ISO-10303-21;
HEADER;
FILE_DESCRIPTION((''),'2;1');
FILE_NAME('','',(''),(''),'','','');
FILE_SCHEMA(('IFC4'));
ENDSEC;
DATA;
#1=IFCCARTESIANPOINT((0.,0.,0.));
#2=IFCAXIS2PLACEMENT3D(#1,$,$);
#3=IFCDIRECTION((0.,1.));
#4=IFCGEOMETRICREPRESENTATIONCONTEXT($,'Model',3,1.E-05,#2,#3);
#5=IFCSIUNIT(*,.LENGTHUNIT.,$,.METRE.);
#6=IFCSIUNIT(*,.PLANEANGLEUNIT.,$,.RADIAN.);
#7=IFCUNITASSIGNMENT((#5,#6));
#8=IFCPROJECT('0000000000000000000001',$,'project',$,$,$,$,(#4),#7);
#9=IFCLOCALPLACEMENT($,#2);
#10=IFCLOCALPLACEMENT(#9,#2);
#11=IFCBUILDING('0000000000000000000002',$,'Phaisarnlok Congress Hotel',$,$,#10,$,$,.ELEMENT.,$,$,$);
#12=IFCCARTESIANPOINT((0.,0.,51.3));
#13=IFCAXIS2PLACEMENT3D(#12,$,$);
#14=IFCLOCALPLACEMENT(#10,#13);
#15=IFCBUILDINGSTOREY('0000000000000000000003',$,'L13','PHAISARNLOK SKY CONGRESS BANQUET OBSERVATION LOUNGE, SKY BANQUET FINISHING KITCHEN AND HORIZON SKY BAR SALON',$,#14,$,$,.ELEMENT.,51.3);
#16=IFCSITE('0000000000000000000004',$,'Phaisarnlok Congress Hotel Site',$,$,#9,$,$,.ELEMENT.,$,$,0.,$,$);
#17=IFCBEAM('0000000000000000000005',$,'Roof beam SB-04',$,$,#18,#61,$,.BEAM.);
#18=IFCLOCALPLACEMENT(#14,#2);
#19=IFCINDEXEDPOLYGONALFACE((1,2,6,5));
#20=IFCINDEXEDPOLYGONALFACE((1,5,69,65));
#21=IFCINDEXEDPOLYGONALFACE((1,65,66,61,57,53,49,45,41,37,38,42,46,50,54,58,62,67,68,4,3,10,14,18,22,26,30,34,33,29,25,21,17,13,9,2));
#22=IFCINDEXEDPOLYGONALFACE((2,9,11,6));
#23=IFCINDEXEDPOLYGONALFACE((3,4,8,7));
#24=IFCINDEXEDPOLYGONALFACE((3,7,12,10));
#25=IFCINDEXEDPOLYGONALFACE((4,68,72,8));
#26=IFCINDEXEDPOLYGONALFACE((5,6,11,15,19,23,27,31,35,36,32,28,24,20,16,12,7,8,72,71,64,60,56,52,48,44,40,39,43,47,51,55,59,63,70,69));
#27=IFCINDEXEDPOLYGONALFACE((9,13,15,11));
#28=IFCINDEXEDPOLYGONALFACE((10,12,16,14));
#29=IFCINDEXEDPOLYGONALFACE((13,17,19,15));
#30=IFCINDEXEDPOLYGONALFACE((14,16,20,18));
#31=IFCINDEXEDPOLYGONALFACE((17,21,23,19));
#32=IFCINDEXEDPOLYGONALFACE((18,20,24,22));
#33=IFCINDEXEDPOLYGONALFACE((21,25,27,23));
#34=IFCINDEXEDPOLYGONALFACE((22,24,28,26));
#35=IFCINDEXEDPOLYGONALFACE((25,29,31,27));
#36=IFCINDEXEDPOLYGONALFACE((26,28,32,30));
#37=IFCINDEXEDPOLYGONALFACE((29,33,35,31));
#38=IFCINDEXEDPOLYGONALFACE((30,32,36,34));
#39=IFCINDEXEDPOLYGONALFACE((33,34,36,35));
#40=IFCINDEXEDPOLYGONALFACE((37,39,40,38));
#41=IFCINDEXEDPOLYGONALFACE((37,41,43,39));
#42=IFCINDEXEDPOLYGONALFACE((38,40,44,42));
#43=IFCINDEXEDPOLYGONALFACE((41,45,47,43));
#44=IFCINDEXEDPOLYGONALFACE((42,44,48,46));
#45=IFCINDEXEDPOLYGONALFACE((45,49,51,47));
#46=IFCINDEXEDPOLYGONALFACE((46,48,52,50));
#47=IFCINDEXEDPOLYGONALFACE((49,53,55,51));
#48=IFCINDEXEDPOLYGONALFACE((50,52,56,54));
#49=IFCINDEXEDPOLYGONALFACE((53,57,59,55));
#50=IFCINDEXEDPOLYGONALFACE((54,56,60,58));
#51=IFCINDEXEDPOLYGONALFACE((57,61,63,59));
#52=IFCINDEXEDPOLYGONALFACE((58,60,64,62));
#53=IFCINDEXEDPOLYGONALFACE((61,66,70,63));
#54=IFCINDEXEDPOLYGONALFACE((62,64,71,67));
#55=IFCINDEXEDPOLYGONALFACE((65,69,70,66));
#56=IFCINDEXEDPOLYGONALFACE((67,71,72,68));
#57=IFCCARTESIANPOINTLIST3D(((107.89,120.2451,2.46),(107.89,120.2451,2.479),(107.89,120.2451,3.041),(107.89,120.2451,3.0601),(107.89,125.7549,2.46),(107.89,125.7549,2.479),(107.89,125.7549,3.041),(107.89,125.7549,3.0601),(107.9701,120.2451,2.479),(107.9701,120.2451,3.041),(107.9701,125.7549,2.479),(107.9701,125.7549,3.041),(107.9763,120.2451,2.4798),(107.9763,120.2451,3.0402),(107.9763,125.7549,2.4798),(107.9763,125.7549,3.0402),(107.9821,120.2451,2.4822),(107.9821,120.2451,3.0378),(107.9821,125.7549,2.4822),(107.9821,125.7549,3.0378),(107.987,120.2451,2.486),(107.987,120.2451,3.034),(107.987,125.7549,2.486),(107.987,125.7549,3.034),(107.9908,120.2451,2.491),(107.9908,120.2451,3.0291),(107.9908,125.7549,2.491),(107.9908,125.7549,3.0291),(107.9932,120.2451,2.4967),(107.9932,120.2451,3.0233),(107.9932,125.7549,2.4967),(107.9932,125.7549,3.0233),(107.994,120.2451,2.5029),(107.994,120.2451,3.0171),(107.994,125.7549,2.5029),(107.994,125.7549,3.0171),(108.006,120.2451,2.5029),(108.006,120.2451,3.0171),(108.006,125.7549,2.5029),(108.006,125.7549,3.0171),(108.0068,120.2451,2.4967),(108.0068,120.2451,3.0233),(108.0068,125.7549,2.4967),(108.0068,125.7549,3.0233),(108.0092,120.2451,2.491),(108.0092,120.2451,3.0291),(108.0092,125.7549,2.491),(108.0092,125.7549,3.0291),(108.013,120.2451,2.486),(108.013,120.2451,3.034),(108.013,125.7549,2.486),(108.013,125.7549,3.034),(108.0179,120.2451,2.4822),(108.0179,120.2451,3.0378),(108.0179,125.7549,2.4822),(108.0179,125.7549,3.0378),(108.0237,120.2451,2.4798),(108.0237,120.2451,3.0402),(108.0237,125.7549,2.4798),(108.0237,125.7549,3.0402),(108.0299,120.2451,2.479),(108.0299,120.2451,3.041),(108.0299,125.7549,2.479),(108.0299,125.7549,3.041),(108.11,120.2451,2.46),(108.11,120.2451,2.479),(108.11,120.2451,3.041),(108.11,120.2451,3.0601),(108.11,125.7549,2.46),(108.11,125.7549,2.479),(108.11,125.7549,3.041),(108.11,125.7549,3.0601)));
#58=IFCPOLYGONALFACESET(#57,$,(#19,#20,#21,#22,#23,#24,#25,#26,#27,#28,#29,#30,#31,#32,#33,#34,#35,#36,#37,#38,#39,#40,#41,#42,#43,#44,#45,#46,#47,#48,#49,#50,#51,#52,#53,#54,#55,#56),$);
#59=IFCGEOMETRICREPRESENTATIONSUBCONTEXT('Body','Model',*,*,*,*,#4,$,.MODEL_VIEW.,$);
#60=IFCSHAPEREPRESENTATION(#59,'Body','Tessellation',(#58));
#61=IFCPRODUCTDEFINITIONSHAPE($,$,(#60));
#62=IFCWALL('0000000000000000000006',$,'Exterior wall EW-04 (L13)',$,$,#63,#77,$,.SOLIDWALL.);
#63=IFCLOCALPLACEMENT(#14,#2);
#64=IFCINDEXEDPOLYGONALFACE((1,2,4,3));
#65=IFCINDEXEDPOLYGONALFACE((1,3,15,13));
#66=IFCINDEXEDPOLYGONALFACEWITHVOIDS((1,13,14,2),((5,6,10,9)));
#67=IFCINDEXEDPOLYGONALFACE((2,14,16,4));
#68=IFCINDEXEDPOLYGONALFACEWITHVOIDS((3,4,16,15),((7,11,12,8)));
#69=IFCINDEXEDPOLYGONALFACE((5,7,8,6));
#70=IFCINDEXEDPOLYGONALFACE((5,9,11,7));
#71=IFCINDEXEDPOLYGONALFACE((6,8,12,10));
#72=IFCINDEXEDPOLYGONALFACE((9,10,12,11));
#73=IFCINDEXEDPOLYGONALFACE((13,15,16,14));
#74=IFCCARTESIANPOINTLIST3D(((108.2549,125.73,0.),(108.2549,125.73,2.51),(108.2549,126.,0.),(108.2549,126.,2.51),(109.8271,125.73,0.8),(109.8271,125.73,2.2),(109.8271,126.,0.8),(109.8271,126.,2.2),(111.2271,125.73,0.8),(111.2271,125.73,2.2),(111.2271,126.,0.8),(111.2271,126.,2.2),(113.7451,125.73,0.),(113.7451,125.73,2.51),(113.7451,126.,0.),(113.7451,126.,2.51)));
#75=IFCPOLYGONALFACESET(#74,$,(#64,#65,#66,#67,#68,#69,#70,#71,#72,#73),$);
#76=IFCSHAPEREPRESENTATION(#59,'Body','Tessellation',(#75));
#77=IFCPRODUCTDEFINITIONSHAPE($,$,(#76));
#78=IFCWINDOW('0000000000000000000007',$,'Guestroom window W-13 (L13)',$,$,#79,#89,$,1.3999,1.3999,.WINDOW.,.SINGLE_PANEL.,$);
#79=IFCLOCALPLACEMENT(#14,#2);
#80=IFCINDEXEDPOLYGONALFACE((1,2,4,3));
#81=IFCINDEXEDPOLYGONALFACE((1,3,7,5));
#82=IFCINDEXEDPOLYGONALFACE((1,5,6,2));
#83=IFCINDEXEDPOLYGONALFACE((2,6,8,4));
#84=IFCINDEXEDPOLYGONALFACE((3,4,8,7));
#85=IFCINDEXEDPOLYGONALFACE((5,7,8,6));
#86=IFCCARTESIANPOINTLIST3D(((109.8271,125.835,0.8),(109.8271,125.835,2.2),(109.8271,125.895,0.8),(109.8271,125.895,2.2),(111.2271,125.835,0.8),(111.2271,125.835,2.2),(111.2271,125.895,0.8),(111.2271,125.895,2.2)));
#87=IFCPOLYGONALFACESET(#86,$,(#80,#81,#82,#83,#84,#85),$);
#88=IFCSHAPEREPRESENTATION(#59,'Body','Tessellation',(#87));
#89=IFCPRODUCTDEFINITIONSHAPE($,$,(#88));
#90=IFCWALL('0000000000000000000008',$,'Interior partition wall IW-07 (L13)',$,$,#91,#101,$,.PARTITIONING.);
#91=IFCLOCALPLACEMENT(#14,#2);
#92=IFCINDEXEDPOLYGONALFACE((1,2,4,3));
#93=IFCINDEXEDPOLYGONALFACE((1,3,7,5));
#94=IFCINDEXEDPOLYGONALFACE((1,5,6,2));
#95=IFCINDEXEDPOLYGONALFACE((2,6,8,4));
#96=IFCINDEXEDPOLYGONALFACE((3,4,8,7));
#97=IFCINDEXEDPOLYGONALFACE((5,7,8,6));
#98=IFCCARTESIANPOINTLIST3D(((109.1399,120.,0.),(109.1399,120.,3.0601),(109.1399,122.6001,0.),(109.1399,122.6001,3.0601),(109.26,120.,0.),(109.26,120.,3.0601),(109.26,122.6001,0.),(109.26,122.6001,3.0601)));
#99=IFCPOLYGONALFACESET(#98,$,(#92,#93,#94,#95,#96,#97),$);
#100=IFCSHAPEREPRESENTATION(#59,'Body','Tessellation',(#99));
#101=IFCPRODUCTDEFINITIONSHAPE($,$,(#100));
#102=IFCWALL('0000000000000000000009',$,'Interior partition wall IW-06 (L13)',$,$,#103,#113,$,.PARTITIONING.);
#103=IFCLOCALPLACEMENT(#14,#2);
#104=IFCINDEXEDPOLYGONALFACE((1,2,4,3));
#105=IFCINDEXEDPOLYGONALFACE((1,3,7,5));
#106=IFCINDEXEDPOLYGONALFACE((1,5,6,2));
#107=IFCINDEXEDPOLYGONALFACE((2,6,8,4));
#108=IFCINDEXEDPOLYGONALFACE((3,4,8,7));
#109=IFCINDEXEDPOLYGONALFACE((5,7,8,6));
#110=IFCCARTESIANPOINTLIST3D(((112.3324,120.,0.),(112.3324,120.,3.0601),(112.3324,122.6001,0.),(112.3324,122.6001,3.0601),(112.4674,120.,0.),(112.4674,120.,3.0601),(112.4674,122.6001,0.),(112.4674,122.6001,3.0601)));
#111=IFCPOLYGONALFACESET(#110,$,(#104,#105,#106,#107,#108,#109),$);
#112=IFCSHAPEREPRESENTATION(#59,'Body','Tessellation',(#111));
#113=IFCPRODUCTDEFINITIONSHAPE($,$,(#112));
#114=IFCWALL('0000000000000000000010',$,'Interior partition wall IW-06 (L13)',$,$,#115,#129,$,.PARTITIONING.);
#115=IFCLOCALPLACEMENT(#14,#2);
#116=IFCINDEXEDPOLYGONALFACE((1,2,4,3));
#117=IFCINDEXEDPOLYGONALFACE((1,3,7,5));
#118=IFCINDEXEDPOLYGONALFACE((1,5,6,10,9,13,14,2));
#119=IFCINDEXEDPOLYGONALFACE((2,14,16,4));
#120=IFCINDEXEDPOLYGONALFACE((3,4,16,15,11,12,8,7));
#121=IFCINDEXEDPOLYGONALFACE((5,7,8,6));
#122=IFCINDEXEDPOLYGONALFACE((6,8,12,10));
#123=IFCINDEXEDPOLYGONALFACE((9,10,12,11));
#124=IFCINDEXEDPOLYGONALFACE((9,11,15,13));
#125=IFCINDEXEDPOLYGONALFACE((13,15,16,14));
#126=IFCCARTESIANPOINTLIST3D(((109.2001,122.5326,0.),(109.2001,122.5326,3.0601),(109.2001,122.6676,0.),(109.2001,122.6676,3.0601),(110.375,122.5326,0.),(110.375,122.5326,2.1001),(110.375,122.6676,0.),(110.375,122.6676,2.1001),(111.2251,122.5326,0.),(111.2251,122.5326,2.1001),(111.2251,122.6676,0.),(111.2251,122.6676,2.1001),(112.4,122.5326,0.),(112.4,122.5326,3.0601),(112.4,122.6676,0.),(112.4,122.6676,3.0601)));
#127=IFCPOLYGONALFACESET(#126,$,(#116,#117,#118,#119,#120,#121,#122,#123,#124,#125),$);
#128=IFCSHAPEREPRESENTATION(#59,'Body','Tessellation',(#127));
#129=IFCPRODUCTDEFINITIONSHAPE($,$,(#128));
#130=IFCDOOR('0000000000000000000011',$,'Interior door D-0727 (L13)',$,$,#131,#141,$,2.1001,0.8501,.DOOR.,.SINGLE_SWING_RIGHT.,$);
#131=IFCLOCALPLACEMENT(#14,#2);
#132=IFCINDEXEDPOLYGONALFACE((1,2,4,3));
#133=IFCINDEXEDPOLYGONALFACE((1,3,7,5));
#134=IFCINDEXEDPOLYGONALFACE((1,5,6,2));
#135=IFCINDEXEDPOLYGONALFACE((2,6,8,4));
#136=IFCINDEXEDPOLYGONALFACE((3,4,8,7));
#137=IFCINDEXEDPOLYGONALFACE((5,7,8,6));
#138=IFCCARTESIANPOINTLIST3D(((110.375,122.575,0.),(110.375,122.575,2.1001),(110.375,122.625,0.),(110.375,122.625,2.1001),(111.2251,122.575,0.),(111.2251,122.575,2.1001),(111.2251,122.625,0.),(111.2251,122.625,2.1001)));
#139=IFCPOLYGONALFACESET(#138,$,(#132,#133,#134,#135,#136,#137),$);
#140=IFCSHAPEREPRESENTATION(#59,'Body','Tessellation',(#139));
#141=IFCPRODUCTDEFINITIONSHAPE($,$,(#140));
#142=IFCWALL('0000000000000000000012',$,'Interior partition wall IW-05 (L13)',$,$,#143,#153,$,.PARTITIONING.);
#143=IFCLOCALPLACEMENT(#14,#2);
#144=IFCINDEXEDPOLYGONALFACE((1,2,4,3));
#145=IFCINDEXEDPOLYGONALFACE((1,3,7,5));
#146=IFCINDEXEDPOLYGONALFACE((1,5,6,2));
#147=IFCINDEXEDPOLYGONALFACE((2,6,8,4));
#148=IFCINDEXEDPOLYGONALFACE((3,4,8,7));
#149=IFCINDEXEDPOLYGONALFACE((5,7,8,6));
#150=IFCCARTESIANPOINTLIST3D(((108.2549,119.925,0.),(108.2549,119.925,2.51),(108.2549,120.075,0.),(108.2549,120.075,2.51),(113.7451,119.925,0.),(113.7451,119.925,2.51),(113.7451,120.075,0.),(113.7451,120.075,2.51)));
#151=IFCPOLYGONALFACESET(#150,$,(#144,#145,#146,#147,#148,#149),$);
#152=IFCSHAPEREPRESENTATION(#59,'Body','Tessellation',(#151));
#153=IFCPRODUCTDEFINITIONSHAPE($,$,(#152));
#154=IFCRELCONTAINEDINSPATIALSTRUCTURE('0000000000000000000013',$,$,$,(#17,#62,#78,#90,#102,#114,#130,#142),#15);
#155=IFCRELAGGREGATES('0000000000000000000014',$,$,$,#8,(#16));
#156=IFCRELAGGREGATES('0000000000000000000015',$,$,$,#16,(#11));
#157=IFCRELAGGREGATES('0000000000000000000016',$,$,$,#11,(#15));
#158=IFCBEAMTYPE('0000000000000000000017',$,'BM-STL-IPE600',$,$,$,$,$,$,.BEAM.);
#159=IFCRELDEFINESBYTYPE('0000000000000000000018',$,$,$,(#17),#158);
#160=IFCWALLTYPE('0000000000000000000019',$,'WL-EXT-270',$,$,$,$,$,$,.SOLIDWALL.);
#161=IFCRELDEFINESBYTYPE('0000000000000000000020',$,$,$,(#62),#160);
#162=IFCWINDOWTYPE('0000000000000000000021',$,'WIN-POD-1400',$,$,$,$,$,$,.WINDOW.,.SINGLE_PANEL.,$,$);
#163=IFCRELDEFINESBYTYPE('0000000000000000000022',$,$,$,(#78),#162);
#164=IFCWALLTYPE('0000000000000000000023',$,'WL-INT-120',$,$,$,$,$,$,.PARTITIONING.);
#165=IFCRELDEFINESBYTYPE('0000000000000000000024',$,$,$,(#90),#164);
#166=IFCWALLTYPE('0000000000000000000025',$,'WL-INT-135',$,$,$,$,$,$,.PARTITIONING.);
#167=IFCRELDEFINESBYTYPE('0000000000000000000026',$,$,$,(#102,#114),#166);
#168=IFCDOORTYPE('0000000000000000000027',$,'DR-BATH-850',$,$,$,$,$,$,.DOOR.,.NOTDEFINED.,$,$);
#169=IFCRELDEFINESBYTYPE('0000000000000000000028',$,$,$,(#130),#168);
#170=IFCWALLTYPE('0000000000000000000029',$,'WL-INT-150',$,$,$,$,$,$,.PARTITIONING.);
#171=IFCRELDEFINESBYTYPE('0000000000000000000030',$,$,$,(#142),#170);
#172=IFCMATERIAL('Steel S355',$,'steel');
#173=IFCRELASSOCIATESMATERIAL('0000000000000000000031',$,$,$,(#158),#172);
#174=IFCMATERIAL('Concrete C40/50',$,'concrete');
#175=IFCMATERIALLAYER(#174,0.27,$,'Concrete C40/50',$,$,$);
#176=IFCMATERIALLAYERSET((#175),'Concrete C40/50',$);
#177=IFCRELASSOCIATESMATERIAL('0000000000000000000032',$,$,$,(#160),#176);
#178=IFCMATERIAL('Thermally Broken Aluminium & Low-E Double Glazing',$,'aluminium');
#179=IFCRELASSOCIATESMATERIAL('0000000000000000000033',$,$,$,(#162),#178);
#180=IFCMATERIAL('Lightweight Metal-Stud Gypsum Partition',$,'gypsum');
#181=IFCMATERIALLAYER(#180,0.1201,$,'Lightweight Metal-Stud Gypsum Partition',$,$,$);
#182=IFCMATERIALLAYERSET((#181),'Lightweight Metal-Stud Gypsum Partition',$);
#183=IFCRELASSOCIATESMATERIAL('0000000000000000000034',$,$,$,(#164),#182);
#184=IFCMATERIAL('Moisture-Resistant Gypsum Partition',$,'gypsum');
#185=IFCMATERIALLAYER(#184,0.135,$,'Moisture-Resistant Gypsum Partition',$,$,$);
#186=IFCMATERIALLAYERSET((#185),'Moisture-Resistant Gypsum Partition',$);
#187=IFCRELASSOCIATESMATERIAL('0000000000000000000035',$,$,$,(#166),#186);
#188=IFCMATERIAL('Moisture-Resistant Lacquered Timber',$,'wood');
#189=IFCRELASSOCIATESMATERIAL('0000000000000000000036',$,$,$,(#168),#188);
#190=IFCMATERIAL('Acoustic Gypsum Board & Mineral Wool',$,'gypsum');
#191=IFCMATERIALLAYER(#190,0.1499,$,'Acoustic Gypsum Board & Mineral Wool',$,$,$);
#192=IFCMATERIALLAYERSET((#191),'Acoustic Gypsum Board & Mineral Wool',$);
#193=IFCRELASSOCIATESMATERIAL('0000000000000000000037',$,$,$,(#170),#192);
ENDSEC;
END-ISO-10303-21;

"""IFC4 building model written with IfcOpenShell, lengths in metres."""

from ifc_helpers import new_model, si_unit, direction, frame, frame_2d, origin, origin_2d, place, context, subcontext, project, spatial, rectangle, i_section, extrude, material, layer, layer_set, material_profile, profile_set, type_object, element, fill, save


model = new_model("IFC4")

# Units and contexts
model_context = context("Model", 3, precision=1e-05, world=origin(), true_north=direction((0.0, 1.0)))
body_context = subcontext(model_context, "Body", "Model", "MODEL_VIEW")
ifc_project = project(units=[si_unit("LENGTHUNIT", "METRE"), si_unit("PLANEANGLEUNIT", "RADIAN")], contexts=[model_context])

# Site, building, storey
site_placement = place(None, origin())
site = spatial("IfcSite", under=ifc_project, at=site_placement, Name="Phaisarnlok Congress Hotel Site", CompositionType="ELEMENT", RefElevation=0.0)
building_placement = place(site_placement, origin())
building = spatial("IfcBuilding", under=site, at=building_placement, Name="Phaisarnlok Congress Hotel", CompositionType="ELEMENT")
storey_placement = place(building_placement, frame((0.0, 0.0, 51.3)))
storey = spatial("IfcBuildingStorey", under=building, at=storey_placement, Name="L13", Description="PHAISARNLOK SKY CONGRESS BANQUET OBSERVATION LOUNGE, SKY BANQUET FINISHING KITCHEN AND HORIZON SKY BAR SALON", CompositionType="ELEMENT", Elevation=51.3)

# Beam
ifc_material_1 = material(Name="Steel S355", Category="steel")
ifc_material_profile_1 = material_profile(ifc_material_1, i_section(OverallWidth=0.22, OverallDepth=0.6001, WebThickness=0.012, FlangeThickness=0.019, FilletRadius=0.0239, at=origin_2d()), Name="IPE 600")
ifc_profile_set_1 = profile_set([ifc_material_profile_1], Name="Steel S355")
beam_type_1 = type_object("IfcBeamType", Name="BM-STL-IPE600", PredefinedType="BEAM", material=ifc_profile_set_1)
beam_placement = place(storey_placement, frame((108.0, 120.2451, 2.76), z_axis=(0.0, 1.0, 0.0), x_axis=(-1.0, 0.0, 0.0)))
element("IfcBeam", 1, at=beam_placement, inside=storey, type_object=beam_type_1, Name="Roof beam SB-04", PredefinedType="BEAM", context=body_context, shape_type="SweptSolid", body=[
    extrude(i_section(OverallWidth=0.22, OverallDepth=0.6001, WebThickness=0.012, FlangeThickness=0.019, FilletRadius=0.0239, at=origin_2d()), origin(), (0.0, 0.0, 1.0), 5.5098),
])

# Wall, opening, window
ifc_material_2 = material(Name="Concrete C40/50", Category="concrete")
ifc_layer_1 = layer(ifc_material_2, 0.27, Name="Concrete C40/50")
ifc_layer_set_1 = layer_set([ifc_layer_1], Name="Concrete C40/50")
wall_type_1 = type_object("IfcWallType", Name="WL-EXT-270", PredefinedType="SOLIDWALL", material=ifc_layer_set_1)
wall_1_placement = place(storey_placement, frame((113.7451, 125.865, 0.0), z_axis=(0.0, 0.0, 1.0), x_axis=(-1.0, 0.0, 0.0)))
wall_1 = element("IfcWall", 2, at=wall_1_placement, inside=storey, type_object=wall_type_1, Name="Exterior wall EW-04 (L13)", PredefinedType="SOLIDWALL", context=body_context, shape_type="SweptSolid", body=[
    extrude(rectangle(XDim=5.4902, YDim=0.27, at=frame_2d((2.7451, 0.0))), origin(), (0.0, 0.0, 1.0), 2.51),
])
opening_1_placement = place(wall_1_placement, frame((2.5181, 0.0, 0.8)))
opening_1 = element("IfcOpeningElement", 3, at=opening_1_placement, cuts=wall_1, PredefinedType="OPENING", context=body_context, shape_type="SweptSolid", body=[
    extrude(rectangle(XDim=1.3999, YDim=1.3999, at=frame_2d((0.7, 0.7))), frame((0.0, 0.145, 0.0), z_axis=(0.0, -1.0, 0.0), x_axis=(1.0, 0.0, 0.0)), (0.0, 0.0, 1.0), 0.29),
])
ifc_material_3 = material(Name="Thermally Broken Aluminium & Low-E Double Glazing", Category="aluminium")
window_type = type_object("IfcWindowType", Name="WIN-POD-1400", PartitioningType="SINGLE_PANEL", PredefinedType="WINDOW", material=ifc_material_3)
window_placement = place(opening_1_placement, origin())
window = element("IfcWindow", 4, at=window_placement, inside=storey, type_object=window_type, Name="Guestroom window W-13 (L13)", OverallHeight=1.3999, OverallWidth=1.3999, PartitioningType="SINGLE_PANEL", PredefinedType="WINDOW", context=body_context, shape_type="SweptSolid", body=[
    extrude(rectangle(XDim=1.3999, YDim=1.3999, at=frame_2d((0.7, 0.7))), frame((0.0, 0.03, 0.0), z_axis=(0.0, -1.0, 0.0), x_axis=(1.0, 0.0, 0.0)), (0.0, 0.0, 1.0), 0.0601),
])
fill(opening_1, window)

# Walls
ifc_material_4 = material(Name="Lightweight Metal-Stud Gypsum Partition", Category="gypsum")
ifc_layer_2 = layer(ifc_material_4, 0.1201, Name="Lightweight Metal-Stud Gypsum Partition")
ifc_layer_set_2 = layer_set([ifc_layer_2], Name="Lightweight Metal-Stud Gypsum Partition")
wall_type_2 = type_object("IfcWallType", Name="WL-INT-120", PredefinedType="PARTITIONING", material=ifc_layer_set_2)
wall_2_placement = place(storey_placement, frame((109.2, 120.0, 0.0), z_axis=(0.0, 0.0, 1.0), x_axis=(0.0, 1.0, 0.0)))
element("IfcWall", 5, at=wall_2_placement, inside=storey, type_object=wall_type_2, Name="Interior partition wall IW-07 (L13)", PredefinedType="PARTITIONING", context=body_context, shape_type="SweptSolid", body=[
    extrude(rectangle(XDim=2.6001, YDim=0.1201, at=frame_2d((1.3, 0.0))), origin(), (0.0, 0.0, 1.0), 3.0601),
])
ifc_material_5 = material(Name="Moisture-Resistant Gypsum Partition", Category="gypsum")
ifc_layer_3 = layer(ifc_material_5, 0.135, Name="Moisture-Resistant Gypsum Partition")
ifc_layer_set_3 = layer_set([ifc_layer_3], Name="Moisture-Resistant Gypsum Partition")
wall_type_3 = type_object("IfcWallType", Name="WL-INT-135", PredefinedType="PARTITIONING", material=ifc_layer_set_3)
wall_3_placement = place(storey_placement, frame((112.3999, 120.0, 0.0), z_axis=(0.0, 0.0, 1.0), x_axis=(0.0, 1.0, 0.0)))
element("IfcWall", 6, at=wall_3_placement, inside=storey, type_object=wall_type_3, Name="Interior partition wall IW-06 (L13)", PredefinedType="PARTITIONING", context=body_context, shape_type="SweptSolid", body=[
    extrude(rectangle(XDim=2.6001, YDim=0.135, at=frame_2d((1.3, 0.0))), origin(), (0.0, 0.0, 1.0), 3.0601),
])

# Wall, opening, door
wall_4_placement = place(storey_placement, frame((109.2, 122.6001, 0.0), z_axis=(0.0, 0.0, 1.0), x_axis=(1.0, 0.0, 0.0)))
wall_4 = element("IfcWall", 7, at=wall_4_placement, inside=storey, type_object=wall_type_3, Name="Interior partition wall IW-06 (L13)", PredefinedType="PARTITIONING", context=body_context, shape_type="SweptSolid", body=[
    extrude(rectangle(XDim=3.2, YDim=0.135, at=frame_2d((1.6001, 0.0))), origin(), (0.0, 0.0, 1.0), 3.0601),
])
opening_2_placement = place(wall_4_placement, frame((1.175, 0.0, 0.0)))
opening_2 = element("IfcOpeningElement", 8, at=opening_2_placement, cuts=wall_4, PredefinedType="OPENING", context=body_context, shape_type="SweptSolid", body=[
    extrude(rectangle(XDim=0.8501, YDim=2.1001, at=frame_2d((0.425, 1.05))), frame((0.0, 0.0776, 0.0), z_axis=(0.0, -1.0, 0.0), x_axis=(1.0, 0.0, 0.0)), (0.0, 0.0, 1.0), 0.155),
])
ifc_material_6 = material(Name="Moisture-Resistant Lacquered Timber", Category="wood")
door_type = type_object("IfcDoorType", Name="DR-BATH-850", OperationType="NOTDEFINED", PredefinedType="DOOR", material=ifc_material_6)
door_placement = place(opening_2_placement, origin())
door = element("IfcDoor", 9, at=door_placement, inside=storey, type_object=door_type, Name="Interior door D-0727 (L13)", OperationType="SINGLE_SWING_RIGHT", OverallHeight=2.1001, OverallWidth=0.8501, PredefinedType="DOOR", context=body_context, shape_type="SweptSolid", body=[
    extrude(rectangle(XDim=0.8501, YDim=2.1001, at=frame_2d((0.425, 1.05))), frame((0.0, 0.0249, 0.0), z_axis=(0.0, -1.0, 0.0), x_axis=(1.0, 0.0, 0.0)), (0.0, 0.0, 1.0), 0.05),
])
fill(opening_2, door)

# Wall
ifc_material_7 = material(Name="Acoustic Gypsum Board & Mineral Wool", Category="gypsum")
ifc_layer_4 = layer(ifc_material_7, 0.1499, Name="Acoustic Gypsum Board & Mineral Wool")
ifc_layer_set_4 = layer_set([ifc_layer_4], Name="Acoustic Gypsum Board & Mineral Wool")
wall_type_4 = type_object("IfcWallType", Name="WL-INT-150", PredefinedType="PARTITIONING", material=ifc_layer_set_4)
wall_5_placement = place(storey_placement, frame((108.2549, 120.0, 0.0), z_axis=(0.0, 0.0, 1.0), x_axis=(1.0, 0.0, 0.0)))
element("IfcWall", 10, at=wall_5_placement, inside=storey, type_object=wall_type_4, Name="Interior partition wall IW-05 (L13)", PredefinedType="PARTITIONING", context=body_context, shape_type="SweptSolid", body=[
    extrude(rectangle(XDim=5.4902, YDim=0.1499, at=frame_2d((2.7451, 0.0))), origin(), (0.0, 0.0, 1.0), 2.51),
])

save(model, "model.ifc")
